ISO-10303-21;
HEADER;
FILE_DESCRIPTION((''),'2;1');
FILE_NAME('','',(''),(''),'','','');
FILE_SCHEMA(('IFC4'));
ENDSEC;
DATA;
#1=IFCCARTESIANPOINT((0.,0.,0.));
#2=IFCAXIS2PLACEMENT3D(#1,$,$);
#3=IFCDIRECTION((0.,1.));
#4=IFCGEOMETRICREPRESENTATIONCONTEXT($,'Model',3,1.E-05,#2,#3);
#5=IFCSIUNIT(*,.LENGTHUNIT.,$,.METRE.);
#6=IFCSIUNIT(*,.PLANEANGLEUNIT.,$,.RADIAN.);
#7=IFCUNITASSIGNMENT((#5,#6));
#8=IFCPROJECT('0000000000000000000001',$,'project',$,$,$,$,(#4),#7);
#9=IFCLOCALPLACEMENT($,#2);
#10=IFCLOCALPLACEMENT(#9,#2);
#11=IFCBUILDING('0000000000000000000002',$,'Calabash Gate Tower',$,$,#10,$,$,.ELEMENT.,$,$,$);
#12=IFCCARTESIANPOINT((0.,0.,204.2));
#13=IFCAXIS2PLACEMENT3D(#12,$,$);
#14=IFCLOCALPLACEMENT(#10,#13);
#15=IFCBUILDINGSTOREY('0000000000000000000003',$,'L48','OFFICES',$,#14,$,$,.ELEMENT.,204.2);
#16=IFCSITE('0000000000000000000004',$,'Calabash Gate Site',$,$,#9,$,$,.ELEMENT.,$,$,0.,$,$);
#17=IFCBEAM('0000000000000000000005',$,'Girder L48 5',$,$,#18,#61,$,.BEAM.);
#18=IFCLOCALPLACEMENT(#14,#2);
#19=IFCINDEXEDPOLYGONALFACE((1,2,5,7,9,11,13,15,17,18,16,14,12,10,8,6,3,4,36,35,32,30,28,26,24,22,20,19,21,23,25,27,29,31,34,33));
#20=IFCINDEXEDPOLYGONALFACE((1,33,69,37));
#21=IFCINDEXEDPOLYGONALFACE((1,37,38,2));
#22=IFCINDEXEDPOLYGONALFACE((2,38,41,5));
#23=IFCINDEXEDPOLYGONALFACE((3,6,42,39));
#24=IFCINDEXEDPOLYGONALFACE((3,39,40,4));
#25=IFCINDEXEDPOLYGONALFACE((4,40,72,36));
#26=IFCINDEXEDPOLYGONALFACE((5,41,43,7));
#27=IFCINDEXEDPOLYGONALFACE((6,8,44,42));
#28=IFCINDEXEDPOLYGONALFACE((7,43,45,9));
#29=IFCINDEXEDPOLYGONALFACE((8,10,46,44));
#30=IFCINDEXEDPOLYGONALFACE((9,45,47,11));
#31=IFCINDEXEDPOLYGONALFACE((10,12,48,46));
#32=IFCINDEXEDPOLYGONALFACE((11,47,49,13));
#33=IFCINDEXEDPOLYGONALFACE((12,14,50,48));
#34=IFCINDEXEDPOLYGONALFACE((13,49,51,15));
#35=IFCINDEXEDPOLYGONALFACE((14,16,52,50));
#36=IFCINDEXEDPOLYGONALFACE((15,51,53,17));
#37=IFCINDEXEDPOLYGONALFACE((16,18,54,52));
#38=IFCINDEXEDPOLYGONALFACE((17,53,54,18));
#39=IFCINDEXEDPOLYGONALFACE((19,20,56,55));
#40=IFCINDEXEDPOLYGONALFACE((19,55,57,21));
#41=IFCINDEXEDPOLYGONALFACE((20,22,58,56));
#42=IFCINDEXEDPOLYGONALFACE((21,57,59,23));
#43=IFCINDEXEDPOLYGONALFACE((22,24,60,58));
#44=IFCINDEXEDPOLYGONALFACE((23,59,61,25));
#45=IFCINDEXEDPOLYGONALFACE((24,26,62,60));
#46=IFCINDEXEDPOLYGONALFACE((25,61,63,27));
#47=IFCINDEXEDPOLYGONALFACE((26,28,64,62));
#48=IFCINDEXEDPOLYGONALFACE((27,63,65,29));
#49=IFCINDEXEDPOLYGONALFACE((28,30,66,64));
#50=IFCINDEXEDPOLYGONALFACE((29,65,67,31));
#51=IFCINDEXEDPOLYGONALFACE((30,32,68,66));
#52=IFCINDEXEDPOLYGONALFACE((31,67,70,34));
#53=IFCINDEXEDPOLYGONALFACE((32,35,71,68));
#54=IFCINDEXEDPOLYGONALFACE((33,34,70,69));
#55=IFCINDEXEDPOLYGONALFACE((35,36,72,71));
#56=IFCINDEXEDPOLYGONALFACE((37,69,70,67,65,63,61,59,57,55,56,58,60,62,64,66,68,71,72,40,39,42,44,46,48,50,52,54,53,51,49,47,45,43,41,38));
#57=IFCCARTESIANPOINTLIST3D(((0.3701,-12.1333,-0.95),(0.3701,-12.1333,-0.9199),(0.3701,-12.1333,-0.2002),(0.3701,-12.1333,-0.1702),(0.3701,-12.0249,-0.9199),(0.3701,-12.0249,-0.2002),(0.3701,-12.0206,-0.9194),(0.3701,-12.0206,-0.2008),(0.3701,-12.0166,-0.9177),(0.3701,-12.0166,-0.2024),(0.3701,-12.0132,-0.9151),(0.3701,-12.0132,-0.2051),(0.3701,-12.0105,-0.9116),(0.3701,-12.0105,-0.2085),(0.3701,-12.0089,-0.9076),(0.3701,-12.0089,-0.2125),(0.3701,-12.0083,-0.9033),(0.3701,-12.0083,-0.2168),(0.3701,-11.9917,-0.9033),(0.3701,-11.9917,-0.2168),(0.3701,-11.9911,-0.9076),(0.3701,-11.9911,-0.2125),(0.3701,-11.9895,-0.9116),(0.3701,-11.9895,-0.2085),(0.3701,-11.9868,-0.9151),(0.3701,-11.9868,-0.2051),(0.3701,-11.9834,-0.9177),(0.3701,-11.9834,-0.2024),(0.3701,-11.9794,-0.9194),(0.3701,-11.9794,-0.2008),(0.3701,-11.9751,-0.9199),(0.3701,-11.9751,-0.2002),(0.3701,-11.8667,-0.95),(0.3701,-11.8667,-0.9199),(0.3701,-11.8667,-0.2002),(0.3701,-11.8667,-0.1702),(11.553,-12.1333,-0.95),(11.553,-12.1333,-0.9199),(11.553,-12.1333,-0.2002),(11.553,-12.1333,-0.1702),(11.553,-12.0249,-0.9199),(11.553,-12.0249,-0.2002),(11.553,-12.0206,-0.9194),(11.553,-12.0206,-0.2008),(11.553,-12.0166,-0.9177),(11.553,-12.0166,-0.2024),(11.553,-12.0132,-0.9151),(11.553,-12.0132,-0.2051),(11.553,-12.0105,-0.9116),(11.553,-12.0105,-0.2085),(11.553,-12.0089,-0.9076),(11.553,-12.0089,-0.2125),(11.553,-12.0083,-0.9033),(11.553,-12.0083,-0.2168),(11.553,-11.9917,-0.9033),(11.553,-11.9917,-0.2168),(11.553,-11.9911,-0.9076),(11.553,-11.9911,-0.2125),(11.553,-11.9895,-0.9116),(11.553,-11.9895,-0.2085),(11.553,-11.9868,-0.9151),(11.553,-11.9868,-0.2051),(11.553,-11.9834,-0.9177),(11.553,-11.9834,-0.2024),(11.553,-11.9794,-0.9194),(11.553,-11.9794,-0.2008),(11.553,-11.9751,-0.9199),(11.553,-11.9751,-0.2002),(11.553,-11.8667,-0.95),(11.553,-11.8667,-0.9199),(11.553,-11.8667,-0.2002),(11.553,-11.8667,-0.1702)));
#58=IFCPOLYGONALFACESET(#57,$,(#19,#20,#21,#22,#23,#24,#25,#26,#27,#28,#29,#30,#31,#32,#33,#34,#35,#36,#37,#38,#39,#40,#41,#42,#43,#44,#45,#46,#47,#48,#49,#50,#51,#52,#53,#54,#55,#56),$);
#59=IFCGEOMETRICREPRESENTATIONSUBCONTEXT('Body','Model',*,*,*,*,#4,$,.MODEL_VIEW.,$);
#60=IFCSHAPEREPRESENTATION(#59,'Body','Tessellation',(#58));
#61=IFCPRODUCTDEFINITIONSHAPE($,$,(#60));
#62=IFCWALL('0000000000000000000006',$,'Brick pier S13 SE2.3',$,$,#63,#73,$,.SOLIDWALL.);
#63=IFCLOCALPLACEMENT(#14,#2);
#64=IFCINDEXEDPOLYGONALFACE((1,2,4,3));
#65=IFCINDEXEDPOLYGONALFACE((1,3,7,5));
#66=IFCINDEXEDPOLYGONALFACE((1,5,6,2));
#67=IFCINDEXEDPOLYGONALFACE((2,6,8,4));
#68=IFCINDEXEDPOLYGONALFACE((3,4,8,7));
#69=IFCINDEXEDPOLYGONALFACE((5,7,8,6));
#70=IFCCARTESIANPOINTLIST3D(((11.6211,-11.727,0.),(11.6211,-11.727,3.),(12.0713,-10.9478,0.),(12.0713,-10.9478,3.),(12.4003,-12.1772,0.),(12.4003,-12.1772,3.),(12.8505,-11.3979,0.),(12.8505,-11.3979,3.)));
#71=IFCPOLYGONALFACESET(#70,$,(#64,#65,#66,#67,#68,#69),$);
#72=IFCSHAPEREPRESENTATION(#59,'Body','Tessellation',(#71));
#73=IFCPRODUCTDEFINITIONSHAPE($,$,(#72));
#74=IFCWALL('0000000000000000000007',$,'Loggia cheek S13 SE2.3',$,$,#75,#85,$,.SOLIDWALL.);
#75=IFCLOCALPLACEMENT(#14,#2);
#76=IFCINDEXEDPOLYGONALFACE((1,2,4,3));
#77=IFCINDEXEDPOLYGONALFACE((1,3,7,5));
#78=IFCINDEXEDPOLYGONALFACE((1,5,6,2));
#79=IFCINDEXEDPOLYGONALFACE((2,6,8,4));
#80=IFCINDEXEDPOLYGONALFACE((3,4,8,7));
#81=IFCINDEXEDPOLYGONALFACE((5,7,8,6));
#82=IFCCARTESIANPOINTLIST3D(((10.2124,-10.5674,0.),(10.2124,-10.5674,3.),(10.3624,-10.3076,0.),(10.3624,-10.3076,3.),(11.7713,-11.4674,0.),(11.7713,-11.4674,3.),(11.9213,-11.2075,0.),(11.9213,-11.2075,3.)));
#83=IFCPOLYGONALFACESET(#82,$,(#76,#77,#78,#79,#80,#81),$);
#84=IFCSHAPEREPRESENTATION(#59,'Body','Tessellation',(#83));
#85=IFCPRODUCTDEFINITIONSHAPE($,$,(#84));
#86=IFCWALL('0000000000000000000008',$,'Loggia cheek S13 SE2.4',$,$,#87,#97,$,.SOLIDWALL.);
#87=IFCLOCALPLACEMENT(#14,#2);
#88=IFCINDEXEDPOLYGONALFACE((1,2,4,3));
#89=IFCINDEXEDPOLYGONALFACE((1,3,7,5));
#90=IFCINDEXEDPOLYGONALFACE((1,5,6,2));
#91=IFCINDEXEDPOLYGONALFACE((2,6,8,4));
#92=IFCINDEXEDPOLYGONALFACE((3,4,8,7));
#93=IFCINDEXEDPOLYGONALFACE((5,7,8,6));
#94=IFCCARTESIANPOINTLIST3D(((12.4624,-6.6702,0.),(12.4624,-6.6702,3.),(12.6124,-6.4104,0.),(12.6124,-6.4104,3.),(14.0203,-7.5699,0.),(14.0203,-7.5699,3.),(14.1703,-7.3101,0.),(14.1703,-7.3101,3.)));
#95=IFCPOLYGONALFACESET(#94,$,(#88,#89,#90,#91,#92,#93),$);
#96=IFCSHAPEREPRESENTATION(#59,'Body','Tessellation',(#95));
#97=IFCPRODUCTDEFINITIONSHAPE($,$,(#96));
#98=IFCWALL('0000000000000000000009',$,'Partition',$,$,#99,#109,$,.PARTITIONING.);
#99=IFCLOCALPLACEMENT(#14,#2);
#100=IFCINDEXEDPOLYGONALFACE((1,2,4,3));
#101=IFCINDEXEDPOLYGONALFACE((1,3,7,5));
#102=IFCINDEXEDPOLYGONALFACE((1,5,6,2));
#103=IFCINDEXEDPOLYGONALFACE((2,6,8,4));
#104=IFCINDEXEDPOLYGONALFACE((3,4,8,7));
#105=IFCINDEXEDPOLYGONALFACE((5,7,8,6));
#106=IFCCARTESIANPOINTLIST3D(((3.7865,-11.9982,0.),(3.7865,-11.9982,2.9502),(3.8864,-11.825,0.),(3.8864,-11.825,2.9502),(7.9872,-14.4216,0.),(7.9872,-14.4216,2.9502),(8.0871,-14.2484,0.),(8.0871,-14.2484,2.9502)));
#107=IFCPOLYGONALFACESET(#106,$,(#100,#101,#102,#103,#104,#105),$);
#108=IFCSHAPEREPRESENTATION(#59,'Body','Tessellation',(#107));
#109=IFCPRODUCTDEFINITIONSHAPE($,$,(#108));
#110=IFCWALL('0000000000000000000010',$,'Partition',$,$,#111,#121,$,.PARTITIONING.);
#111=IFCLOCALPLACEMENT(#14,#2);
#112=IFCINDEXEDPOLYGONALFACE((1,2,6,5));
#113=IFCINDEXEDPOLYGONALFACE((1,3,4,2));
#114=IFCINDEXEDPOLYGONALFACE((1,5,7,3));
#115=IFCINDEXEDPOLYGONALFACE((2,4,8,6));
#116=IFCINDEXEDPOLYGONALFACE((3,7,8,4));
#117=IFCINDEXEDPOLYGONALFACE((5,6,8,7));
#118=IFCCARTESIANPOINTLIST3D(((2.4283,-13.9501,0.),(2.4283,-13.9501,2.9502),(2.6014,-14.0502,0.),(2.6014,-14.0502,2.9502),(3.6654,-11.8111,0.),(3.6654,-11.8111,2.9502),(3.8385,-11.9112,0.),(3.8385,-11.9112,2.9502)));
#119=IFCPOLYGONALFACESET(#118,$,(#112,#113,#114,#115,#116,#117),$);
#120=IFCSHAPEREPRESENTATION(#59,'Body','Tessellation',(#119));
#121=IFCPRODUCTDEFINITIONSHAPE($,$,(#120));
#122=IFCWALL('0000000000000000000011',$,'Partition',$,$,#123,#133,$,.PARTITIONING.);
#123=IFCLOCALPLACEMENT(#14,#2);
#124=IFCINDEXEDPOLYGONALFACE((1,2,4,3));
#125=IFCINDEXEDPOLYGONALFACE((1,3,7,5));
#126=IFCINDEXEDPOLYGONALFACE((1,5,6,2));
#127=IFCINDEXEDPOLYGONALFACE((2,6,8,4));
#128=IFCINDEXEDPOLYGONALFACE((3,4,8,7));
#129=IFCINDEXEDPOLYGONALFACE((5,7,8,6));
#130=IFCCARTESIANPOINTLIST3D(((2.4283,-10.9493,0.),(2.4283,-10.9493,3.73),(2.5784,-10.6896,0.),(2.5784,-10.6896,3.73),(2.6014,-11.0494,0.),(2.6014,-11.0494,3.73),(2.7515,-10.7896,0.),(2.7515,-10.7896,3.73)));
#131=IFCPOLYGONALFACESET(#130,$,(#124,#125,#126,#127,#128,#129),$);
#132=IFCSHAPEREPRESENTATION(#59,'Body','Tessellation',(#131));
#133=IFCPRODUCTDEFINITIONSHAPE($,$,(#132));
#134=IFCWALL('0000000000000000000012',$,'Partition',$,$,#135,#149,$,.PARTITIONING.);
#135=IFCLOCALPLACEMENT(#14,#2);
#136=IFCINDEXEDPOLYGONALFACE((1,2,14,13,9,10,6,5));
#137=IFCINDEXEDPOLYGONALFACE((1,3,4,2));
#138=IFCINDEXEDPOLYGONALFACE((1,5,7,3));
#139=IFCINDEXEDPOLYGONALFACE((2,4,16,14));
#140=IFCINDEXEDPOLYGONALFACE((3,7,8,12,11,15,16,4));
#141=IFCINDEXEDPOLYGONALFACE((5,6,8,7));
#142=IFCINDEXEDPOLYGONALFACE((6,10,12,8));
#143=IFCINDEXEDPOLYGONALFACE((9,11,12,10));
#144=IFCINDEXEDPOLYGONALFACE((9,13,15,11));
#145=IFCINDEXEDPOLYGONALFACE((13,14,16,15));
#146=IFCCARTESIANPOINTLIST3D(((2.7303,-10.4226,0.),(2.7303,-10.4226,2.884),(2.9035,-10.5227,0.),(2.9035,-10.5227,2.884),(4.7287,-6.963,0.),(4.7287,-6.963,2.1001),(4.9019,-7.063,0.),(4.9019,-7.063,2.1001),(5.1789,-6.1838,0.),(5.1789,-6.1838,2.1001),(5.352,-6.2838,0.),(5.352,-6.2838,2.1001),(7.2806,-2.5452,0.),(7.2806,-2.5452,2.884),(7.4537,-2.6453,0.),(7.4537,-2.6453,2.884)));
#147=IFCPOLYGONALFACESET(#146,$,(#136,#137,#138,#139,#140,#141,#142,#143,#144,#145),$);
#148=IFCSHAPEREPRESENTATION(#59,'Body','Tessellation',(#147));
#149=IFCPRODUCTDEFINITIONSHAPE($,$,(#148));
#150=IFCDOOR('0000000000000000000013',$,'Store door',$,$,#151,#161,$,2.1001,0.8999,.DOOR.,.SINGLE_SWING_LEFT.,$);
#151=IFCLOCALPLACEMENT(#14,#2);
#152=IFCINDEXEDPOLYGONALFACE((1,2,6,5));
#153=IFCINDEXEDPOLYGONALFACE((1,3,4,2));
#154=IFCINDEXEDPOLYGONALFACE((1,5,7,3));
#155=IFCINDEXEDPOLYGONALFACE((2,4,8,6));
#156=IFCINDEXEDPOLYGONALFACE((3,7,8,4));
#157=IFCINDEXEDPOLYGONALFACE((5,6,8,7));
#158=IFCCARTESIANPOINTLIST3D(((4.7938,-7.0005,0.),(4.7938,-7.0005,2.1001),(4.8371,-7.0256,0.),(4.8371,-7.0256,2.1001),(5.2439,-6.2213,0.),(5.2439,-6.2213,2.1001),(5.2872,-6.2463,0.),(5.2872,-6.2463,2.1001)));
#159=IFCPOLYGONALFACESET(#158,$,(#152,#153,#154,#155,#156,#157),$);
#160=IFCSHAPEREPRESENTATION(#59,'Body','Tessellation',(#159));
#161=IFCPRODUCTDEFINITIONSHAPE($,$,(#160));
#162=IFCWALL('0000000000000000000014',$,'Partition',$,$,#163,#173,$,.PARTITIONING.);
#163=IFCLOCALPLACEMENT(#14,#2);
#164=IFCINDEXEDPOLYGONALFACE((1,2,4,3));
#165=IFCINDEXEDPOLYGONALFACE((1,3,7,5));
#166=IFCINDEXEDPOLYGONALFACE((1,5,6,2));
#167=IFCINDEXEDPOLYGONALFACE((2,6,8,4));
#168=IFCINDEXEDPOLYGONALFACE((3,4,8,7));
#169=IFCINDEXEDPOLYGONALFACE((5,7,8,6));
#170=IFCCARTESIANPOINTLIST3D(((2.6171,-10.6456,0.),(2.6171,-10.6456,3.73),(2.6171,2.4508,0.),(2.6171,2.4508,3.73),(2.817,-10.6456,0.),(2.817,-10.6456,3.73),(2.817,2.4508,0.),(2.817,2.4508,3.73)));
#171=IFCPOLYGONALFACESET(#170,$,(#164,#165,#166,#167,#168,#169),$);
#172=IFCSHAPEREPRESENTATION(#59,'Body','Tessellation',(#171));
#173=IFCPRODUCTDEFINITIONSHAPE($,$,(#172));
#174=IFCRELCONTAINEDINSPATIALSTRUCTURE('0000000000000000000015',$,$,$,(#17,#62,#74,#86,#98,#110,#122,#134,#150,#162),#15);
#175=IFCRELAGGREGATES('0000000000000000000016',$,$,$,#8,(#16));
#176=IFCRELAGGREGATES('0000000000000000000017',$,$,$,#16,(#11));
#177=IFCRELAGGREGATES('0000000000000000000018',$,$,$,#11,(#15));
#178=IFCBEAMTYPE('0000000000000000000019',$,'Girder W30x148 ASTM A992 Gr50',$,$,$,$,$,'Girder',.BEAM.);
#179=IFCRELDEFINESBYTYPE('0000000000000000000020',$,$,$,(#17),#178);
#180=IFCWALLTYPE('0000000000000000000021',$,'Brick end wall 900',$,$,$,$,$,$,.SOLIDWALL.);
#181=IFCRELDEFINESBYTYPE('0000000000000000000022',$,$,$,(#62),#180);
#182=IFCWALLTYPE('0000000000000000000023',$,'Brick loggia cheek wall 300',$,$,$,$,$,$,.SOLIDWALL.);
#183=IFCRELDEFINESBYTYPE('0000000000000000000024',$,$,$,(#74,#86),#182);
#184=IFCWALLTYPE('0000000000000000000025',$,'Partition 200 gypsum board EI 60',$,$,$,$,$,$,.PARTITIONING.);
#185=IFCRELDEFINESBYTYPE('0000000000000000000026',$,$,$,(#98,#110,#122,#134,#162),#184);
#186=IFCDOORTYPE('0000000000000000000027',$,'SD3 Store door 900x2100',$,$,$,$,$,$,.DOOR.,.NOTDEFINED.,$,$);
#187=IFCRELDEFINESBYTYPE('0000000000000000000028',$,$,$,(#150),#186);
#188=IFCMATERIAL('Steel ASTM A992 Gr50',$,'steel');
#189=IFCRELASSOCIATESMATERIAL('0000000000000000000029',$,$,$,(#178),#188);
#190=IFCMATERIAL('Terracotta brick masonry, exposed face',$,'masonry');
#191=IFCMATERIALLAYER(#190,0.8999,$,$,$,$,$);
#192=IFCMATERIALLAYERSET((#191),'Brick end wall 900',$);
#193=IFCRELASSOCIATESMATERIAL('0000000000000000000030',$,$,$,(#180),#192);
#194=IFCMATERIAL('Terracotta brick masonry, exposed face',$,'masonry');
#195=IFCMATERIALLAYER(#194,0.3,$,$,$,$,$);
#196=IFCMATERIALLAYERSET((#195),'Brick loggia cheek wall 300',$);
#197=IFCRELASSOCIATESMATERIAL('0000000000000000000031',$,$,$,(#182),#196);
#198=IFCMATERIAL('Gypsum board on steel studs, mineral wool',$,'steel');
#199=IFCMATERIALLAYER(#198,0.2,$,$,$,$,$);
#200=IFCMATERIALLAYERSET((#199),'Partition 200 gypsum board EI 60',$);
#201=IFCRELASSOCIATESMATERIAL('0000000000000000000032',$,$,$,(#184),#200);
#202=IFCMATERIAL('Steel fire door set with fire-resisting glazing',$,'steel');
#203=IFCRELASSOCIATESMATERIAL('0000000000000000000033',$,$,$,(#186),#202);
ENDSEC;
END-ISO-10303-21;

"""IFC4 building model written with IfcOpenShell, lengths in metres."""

from ifc_helpers import new_model, si_unit, direction, frame, frame_2d, origin, origin_2d, place, context, subcontext, project, spatial, rectangle, i_section, extrude, material, layer, layer_set, material_profile, profile_set, type_object, element, fill, save


model = new_model("IFC4")

# Units and contexts
model_context = context("Model", 3, precision=1e-05, world=origin(), true_north=direction((0.0, 1.0)))
body_context = subcontext(model_context, "Body", "Model", "MODEL_VIEW")
ifc_project = project(units=[si_unit("LENGTHUNIT", "METRE"), si_unit("PLANEANGLEUNIT", "RADIAN")], contexts=[model_context])

# Site, building, storey
site_placement = place(None, origin())
site = spatial("IfcSite", under=ifc_project, at=site_placement, Name="Calabash Gate Site", CompositionType="ELEMENT", RefElevation=0.0)
building_placement = place(site_placement, origin())
building = spatial("IfcBuilding", under=site, at=building_placement, Name="Calabash Gate Tower", CompositionType="ELEMENT")
storey_placement = place(building_placement, frame((0.0, 0.0, 204.2)))
storey = spatial("IfcBuildingStorey", under=building, at=storey_placement, Name="L48", Description="OFFICES", CompositionType="ELEMENT", Elevation=204.2)

# Beam
ifc_material_1 = material(Name="Steel ASTM A992 Gr50", Category="steel")
ifc_material_profile_1 = material_profile(ifc_material_1, i_section(OverallWidth=0.2666, OverallDepth=0.7798, WebThickness=0.0166, FlangeThickness=0.03, FilletRadius=0.0166, at=origin_2d()))
ifc_profile_set_1 = profile_set([ifc_material_profile_1], Name="Steel ASTM A992 Gr50")
beam_type_1 = type_object("IfcBeamType", Name="Girder W30x148 ASTM A992 Gr50", ElementType="Girder", PredefinedType="BEAM", material=ifc_profile_set_1)
beam_1_placement = place(storey_placement, frame((0.3701, -12.0, -0.5601), z_axis=(1.0, 0.0, 0.0), x_axis=(0.0, 1.0, 0.0)))
element("IfcBeam", 1, at=beam_1_placement, inside=storey, type_object=beam_type_1, Name="Girder L48 5", PredefinedType="BEAM", context=body_context, shape_type="SweptSolid", body=[
    extrude(i_section(OverallWidth=0.2666, OverallDepth=0.7798, WebThickness=0.0166, FlangeThickness=0.03, FilletRadius=0.0166, at=origin_2d()), origin(), (0.0, 0.0, 1.0), 11.1829),
])

# Walls
ifc_material_2 = material(Name="Terracotta brick masonry, exposed face", Category="masonry")
ifc_layer_1 = layer(ifc_material_2, 0.8999)
ifc_layer_set_1 = layer_set([ifc_layer_1], Name="Brick end wall 900")
wall_type_1 = type_object("IfcWallType", Name="Brick end wall 900", PredefinedType="SOLIDWALL", material=ifc_layer_set_1)
wall_1_placement = place(storey_placement, frame((11.8462, -11.3374, 0.0), z_axis=(0.0, 0.0, 1.0), x_axis=(0.865896, -0.500223, 0.0)))
element("IfcWall", 2, at=wall_1_placement, inside=storey, type_object=wall_type_1, Name="Brick pier S13 SE2.3", PredefinedType="SOLIDWALL", context=body_context, shape_type="SweptSolid", body=[
    extrude(rectangle(XDim=0.8999, YDim=0.8999, at=frame_2d((0.45, 0.0))), origin(), (0.0, 0.0, 1.0), 3.0),
])
ifc_material_3 = material(Name="Terracotta brick masonry, exposed face", Category="masonry")
ifc_layer_2 = layer(ifc_material_3, 0.3)
ifc_layer_set_2 = layer_set([ifc_layer_2], Name="Brick loggia cheek wall 300")
wall_type_2 = type_object("IfcWallType", Name="Brick loggia cheek wall 300", PredefinedType="SOLIDWALL", material=ifc_layer_set_2)
wall_2_placement = place(storey_placement, frame((11.8462, -11.3374, 0.0), z_axis=(0.0, 0.0, 1.0), x_axis=(-0.866048, 0.499961, 0.0)))
element("IfcWall", 3, at=wall_2_placement, inside=storey, type_object=wall_type_2, Name="Loggia cheek S13 SE2.3", PredefinedType="SOLIDWALL", context=body_context, shape_type="SweptSolid", body=[
    extrude(rectangle(XDim=1.8, YDim=0.3, at=frame_2d((0.8999, 0.0))), origin(), (0.0, 0.0, 1.0), 3.0),
])
wall_3_placement = place(storey_placement, frame((14.0952, -7.4399, 0.0), z_axis=(0.0, 0.0, 1.0), x_axis=(-0.865971, 0.500094, 0.0)))
element("IfcWall", 4, at=wall_3_placement, inside=storey, type_object=wall_type_2, Name="Loggia cheek S13 SE2.4", PredefinedType="SOLIDWALL", context=body_context, shape_type="SweptSolid", body=[
    extrude(rectangle(XDim=1.7991, YDim=0.3, at=frame_2d((0.8994, 0.0))), origin(), (0.0, 0.0, 1.0), 3.0),
])
ifc_material_4 = material(Name="Gypsum board on steel studs, mineral wool", Category="steel")
ifc_layer_3 = layer(ifc_material_4, 0.2)
ifc_layer_set_3 = layer_set([ifc_layer_3], Name="Partition 200 gypsum board EI 60")
wall_type_3 = type_object("IfcWallType", Name="Partition 200 gypsum board EI 60", PredefinedType="PARTITIONING", material=ifc_layer_set_3)
wall_4_placement = place(storey_placement, frame((3.8364, -11.9116, 0.0), z_axis=(0.0, 0.0, 1.0), x_axis=(0.866197, -0.499702, 0.0)))
element("IfcWall", 5, at=wall_4_placement, inside=storey, type_object=wall_type_3, Name="Partition", PredefinedType="PARTITIONING", context=body_context, shape_type="SweptSolid", body=[
    extrude(rectangle(XDim=4.8496, YDim=0.2, at=frame_2d((2.4248, 0.0))), origin(), (0.0, 0.0, 1.0), 2.9502),
])
wall_5_placement = place(storey_placement, frame((2.5149, -14.0, 0.0), z_axis=(0.0, 0.0, 1.0), x_axis=(0.500655, 0.865647, 0.0)))
element("IfcWall", 6, at=wall_5_placement, inside=storey, type_object=wall_type_3, Name="Partition", PredefinedType="PARTITIONING", context=body_context, shape_type="SweptSolid", body=[
    extrude(rectangle(XDim=2.4709, YDim=0.2, at=frame_2d((1.2354, 0.0))), origin(), (0.0, 0.0, 1.0), 2.9502),
])
wall_6_placement = place(storey_placement, frame((2.5149, -10.9993, 0.0), z_axis=(0.0, 0.0, 1.0), x_axis=(0.500427, 0.865779, 0.0)))
element("IfcWall", 7, at=wall_6_placement, inside=storey, type_object=wall_type_3, Name="Partition", PredefinedType="PARTITIONING", context=body_context, shape_type="SweptSolid", body=[
    extrude(rectangle(XDim=0.3, YDim=0.2, at=frame_2d((0.1499, 0.0))), origin(), (0.0, 0.0, 1.0), 3.73),
])

# Wall, opening, door
wall_7_placement = place(storey_placement, frame((2.8169, -10.4727, 0.0), z_axis=(0.0, 0.0, 1.0), x_axis=(0.500185, 0.865918, 0.0)))
wall_7 = element("IfcWall", 8, at=wall_7_placement, inside=storey, type_object=wall_type_3, Name="Partition", PredefinedType="PARTITIONING", context=body_context, shape_type="SweptSolid", body=[
    extrude(rectangle(XDim=9.0972, YDim=0.2, at=frame_2d((4.5486, 0.0))), origin(), (0.0, 0.0, 1.0), 2.884),
])
opening_1_placement = place(wall_7_placement, frame((3.9954, 0.0, 0.0)))
opening_1 = element("IfcOpeningElement", 9, at=opening_1_placement, cuts=wall_7, PredefinedType="OPENING", context=body_context, shape_type="SweptSolid", body=[
    extrude(rectangle(XDim=0.8999, YDim=2.1001, at=frame_2d((0.45, 1.05))), frame((0.0, 0.1099, 0.0), z_axis=(0.0, -1.0, 0.0), x_axis=(1.0, 0.0, 0.0)), (0.0, 0.0, 1.0), 0.22),
])
ifc_material_5 = material(Name="Steel fire door set with fire-resisting glazing", Category="steel")
door_type_1 = type_object("IfcDoorType", Name="SD3 Store door 900x2100", OperationType="NOTDEFINED", PredefinedType="DOOR", material=ifc_material_5)
door_1_placement = place(opening_1_placement, origin())
door_1 = element("IfcDoor", 10, at=door_1_placement, inside=storey, type_object=door_type_1, Name="Store door", OperationType="SINGLE_SWING_LEFT", OverallHeight=2.1001, OverallWidth=0.8999, PredefinedType="DOOR", context=body_context, shape_type="SweptSolid", body=[
    extrude(rectangle(XDim=0.8999, YDim=2.1001, at=frame_2d((0.45, 1.05))), frame((0.0, 0.0249, 0.0), z_axis=(0.0, -1.0, 0.0), x_axis=(1.0, 0.0, 0.0)), (0.0, 0.0, 1.0), 0.05),
])
fill(opening_1, door_1)

# Wall
wall_8_placement = place(storey_placement, frame((2.717, -10.6458, 0.0), z_axis=(0.0, 0.0, 1.0), x_axis=(0.0, 1.0, 0.0)))
element("IfcWall", 11, at=wall_8_placement, inside=storey, type_object=wall_type_3, Name="Partition", PredefinedType="PARTITIONING", context=body_context, shape_type="SweptSolid", body=[
    extrude(rectangle(XDim=13.0964, YDim=0.2, at=frame_2d((6.5483, 0.0))), origin(), (0.0, 0.0, 1.0), 3.73),
])

save(model, "model.ifc")
